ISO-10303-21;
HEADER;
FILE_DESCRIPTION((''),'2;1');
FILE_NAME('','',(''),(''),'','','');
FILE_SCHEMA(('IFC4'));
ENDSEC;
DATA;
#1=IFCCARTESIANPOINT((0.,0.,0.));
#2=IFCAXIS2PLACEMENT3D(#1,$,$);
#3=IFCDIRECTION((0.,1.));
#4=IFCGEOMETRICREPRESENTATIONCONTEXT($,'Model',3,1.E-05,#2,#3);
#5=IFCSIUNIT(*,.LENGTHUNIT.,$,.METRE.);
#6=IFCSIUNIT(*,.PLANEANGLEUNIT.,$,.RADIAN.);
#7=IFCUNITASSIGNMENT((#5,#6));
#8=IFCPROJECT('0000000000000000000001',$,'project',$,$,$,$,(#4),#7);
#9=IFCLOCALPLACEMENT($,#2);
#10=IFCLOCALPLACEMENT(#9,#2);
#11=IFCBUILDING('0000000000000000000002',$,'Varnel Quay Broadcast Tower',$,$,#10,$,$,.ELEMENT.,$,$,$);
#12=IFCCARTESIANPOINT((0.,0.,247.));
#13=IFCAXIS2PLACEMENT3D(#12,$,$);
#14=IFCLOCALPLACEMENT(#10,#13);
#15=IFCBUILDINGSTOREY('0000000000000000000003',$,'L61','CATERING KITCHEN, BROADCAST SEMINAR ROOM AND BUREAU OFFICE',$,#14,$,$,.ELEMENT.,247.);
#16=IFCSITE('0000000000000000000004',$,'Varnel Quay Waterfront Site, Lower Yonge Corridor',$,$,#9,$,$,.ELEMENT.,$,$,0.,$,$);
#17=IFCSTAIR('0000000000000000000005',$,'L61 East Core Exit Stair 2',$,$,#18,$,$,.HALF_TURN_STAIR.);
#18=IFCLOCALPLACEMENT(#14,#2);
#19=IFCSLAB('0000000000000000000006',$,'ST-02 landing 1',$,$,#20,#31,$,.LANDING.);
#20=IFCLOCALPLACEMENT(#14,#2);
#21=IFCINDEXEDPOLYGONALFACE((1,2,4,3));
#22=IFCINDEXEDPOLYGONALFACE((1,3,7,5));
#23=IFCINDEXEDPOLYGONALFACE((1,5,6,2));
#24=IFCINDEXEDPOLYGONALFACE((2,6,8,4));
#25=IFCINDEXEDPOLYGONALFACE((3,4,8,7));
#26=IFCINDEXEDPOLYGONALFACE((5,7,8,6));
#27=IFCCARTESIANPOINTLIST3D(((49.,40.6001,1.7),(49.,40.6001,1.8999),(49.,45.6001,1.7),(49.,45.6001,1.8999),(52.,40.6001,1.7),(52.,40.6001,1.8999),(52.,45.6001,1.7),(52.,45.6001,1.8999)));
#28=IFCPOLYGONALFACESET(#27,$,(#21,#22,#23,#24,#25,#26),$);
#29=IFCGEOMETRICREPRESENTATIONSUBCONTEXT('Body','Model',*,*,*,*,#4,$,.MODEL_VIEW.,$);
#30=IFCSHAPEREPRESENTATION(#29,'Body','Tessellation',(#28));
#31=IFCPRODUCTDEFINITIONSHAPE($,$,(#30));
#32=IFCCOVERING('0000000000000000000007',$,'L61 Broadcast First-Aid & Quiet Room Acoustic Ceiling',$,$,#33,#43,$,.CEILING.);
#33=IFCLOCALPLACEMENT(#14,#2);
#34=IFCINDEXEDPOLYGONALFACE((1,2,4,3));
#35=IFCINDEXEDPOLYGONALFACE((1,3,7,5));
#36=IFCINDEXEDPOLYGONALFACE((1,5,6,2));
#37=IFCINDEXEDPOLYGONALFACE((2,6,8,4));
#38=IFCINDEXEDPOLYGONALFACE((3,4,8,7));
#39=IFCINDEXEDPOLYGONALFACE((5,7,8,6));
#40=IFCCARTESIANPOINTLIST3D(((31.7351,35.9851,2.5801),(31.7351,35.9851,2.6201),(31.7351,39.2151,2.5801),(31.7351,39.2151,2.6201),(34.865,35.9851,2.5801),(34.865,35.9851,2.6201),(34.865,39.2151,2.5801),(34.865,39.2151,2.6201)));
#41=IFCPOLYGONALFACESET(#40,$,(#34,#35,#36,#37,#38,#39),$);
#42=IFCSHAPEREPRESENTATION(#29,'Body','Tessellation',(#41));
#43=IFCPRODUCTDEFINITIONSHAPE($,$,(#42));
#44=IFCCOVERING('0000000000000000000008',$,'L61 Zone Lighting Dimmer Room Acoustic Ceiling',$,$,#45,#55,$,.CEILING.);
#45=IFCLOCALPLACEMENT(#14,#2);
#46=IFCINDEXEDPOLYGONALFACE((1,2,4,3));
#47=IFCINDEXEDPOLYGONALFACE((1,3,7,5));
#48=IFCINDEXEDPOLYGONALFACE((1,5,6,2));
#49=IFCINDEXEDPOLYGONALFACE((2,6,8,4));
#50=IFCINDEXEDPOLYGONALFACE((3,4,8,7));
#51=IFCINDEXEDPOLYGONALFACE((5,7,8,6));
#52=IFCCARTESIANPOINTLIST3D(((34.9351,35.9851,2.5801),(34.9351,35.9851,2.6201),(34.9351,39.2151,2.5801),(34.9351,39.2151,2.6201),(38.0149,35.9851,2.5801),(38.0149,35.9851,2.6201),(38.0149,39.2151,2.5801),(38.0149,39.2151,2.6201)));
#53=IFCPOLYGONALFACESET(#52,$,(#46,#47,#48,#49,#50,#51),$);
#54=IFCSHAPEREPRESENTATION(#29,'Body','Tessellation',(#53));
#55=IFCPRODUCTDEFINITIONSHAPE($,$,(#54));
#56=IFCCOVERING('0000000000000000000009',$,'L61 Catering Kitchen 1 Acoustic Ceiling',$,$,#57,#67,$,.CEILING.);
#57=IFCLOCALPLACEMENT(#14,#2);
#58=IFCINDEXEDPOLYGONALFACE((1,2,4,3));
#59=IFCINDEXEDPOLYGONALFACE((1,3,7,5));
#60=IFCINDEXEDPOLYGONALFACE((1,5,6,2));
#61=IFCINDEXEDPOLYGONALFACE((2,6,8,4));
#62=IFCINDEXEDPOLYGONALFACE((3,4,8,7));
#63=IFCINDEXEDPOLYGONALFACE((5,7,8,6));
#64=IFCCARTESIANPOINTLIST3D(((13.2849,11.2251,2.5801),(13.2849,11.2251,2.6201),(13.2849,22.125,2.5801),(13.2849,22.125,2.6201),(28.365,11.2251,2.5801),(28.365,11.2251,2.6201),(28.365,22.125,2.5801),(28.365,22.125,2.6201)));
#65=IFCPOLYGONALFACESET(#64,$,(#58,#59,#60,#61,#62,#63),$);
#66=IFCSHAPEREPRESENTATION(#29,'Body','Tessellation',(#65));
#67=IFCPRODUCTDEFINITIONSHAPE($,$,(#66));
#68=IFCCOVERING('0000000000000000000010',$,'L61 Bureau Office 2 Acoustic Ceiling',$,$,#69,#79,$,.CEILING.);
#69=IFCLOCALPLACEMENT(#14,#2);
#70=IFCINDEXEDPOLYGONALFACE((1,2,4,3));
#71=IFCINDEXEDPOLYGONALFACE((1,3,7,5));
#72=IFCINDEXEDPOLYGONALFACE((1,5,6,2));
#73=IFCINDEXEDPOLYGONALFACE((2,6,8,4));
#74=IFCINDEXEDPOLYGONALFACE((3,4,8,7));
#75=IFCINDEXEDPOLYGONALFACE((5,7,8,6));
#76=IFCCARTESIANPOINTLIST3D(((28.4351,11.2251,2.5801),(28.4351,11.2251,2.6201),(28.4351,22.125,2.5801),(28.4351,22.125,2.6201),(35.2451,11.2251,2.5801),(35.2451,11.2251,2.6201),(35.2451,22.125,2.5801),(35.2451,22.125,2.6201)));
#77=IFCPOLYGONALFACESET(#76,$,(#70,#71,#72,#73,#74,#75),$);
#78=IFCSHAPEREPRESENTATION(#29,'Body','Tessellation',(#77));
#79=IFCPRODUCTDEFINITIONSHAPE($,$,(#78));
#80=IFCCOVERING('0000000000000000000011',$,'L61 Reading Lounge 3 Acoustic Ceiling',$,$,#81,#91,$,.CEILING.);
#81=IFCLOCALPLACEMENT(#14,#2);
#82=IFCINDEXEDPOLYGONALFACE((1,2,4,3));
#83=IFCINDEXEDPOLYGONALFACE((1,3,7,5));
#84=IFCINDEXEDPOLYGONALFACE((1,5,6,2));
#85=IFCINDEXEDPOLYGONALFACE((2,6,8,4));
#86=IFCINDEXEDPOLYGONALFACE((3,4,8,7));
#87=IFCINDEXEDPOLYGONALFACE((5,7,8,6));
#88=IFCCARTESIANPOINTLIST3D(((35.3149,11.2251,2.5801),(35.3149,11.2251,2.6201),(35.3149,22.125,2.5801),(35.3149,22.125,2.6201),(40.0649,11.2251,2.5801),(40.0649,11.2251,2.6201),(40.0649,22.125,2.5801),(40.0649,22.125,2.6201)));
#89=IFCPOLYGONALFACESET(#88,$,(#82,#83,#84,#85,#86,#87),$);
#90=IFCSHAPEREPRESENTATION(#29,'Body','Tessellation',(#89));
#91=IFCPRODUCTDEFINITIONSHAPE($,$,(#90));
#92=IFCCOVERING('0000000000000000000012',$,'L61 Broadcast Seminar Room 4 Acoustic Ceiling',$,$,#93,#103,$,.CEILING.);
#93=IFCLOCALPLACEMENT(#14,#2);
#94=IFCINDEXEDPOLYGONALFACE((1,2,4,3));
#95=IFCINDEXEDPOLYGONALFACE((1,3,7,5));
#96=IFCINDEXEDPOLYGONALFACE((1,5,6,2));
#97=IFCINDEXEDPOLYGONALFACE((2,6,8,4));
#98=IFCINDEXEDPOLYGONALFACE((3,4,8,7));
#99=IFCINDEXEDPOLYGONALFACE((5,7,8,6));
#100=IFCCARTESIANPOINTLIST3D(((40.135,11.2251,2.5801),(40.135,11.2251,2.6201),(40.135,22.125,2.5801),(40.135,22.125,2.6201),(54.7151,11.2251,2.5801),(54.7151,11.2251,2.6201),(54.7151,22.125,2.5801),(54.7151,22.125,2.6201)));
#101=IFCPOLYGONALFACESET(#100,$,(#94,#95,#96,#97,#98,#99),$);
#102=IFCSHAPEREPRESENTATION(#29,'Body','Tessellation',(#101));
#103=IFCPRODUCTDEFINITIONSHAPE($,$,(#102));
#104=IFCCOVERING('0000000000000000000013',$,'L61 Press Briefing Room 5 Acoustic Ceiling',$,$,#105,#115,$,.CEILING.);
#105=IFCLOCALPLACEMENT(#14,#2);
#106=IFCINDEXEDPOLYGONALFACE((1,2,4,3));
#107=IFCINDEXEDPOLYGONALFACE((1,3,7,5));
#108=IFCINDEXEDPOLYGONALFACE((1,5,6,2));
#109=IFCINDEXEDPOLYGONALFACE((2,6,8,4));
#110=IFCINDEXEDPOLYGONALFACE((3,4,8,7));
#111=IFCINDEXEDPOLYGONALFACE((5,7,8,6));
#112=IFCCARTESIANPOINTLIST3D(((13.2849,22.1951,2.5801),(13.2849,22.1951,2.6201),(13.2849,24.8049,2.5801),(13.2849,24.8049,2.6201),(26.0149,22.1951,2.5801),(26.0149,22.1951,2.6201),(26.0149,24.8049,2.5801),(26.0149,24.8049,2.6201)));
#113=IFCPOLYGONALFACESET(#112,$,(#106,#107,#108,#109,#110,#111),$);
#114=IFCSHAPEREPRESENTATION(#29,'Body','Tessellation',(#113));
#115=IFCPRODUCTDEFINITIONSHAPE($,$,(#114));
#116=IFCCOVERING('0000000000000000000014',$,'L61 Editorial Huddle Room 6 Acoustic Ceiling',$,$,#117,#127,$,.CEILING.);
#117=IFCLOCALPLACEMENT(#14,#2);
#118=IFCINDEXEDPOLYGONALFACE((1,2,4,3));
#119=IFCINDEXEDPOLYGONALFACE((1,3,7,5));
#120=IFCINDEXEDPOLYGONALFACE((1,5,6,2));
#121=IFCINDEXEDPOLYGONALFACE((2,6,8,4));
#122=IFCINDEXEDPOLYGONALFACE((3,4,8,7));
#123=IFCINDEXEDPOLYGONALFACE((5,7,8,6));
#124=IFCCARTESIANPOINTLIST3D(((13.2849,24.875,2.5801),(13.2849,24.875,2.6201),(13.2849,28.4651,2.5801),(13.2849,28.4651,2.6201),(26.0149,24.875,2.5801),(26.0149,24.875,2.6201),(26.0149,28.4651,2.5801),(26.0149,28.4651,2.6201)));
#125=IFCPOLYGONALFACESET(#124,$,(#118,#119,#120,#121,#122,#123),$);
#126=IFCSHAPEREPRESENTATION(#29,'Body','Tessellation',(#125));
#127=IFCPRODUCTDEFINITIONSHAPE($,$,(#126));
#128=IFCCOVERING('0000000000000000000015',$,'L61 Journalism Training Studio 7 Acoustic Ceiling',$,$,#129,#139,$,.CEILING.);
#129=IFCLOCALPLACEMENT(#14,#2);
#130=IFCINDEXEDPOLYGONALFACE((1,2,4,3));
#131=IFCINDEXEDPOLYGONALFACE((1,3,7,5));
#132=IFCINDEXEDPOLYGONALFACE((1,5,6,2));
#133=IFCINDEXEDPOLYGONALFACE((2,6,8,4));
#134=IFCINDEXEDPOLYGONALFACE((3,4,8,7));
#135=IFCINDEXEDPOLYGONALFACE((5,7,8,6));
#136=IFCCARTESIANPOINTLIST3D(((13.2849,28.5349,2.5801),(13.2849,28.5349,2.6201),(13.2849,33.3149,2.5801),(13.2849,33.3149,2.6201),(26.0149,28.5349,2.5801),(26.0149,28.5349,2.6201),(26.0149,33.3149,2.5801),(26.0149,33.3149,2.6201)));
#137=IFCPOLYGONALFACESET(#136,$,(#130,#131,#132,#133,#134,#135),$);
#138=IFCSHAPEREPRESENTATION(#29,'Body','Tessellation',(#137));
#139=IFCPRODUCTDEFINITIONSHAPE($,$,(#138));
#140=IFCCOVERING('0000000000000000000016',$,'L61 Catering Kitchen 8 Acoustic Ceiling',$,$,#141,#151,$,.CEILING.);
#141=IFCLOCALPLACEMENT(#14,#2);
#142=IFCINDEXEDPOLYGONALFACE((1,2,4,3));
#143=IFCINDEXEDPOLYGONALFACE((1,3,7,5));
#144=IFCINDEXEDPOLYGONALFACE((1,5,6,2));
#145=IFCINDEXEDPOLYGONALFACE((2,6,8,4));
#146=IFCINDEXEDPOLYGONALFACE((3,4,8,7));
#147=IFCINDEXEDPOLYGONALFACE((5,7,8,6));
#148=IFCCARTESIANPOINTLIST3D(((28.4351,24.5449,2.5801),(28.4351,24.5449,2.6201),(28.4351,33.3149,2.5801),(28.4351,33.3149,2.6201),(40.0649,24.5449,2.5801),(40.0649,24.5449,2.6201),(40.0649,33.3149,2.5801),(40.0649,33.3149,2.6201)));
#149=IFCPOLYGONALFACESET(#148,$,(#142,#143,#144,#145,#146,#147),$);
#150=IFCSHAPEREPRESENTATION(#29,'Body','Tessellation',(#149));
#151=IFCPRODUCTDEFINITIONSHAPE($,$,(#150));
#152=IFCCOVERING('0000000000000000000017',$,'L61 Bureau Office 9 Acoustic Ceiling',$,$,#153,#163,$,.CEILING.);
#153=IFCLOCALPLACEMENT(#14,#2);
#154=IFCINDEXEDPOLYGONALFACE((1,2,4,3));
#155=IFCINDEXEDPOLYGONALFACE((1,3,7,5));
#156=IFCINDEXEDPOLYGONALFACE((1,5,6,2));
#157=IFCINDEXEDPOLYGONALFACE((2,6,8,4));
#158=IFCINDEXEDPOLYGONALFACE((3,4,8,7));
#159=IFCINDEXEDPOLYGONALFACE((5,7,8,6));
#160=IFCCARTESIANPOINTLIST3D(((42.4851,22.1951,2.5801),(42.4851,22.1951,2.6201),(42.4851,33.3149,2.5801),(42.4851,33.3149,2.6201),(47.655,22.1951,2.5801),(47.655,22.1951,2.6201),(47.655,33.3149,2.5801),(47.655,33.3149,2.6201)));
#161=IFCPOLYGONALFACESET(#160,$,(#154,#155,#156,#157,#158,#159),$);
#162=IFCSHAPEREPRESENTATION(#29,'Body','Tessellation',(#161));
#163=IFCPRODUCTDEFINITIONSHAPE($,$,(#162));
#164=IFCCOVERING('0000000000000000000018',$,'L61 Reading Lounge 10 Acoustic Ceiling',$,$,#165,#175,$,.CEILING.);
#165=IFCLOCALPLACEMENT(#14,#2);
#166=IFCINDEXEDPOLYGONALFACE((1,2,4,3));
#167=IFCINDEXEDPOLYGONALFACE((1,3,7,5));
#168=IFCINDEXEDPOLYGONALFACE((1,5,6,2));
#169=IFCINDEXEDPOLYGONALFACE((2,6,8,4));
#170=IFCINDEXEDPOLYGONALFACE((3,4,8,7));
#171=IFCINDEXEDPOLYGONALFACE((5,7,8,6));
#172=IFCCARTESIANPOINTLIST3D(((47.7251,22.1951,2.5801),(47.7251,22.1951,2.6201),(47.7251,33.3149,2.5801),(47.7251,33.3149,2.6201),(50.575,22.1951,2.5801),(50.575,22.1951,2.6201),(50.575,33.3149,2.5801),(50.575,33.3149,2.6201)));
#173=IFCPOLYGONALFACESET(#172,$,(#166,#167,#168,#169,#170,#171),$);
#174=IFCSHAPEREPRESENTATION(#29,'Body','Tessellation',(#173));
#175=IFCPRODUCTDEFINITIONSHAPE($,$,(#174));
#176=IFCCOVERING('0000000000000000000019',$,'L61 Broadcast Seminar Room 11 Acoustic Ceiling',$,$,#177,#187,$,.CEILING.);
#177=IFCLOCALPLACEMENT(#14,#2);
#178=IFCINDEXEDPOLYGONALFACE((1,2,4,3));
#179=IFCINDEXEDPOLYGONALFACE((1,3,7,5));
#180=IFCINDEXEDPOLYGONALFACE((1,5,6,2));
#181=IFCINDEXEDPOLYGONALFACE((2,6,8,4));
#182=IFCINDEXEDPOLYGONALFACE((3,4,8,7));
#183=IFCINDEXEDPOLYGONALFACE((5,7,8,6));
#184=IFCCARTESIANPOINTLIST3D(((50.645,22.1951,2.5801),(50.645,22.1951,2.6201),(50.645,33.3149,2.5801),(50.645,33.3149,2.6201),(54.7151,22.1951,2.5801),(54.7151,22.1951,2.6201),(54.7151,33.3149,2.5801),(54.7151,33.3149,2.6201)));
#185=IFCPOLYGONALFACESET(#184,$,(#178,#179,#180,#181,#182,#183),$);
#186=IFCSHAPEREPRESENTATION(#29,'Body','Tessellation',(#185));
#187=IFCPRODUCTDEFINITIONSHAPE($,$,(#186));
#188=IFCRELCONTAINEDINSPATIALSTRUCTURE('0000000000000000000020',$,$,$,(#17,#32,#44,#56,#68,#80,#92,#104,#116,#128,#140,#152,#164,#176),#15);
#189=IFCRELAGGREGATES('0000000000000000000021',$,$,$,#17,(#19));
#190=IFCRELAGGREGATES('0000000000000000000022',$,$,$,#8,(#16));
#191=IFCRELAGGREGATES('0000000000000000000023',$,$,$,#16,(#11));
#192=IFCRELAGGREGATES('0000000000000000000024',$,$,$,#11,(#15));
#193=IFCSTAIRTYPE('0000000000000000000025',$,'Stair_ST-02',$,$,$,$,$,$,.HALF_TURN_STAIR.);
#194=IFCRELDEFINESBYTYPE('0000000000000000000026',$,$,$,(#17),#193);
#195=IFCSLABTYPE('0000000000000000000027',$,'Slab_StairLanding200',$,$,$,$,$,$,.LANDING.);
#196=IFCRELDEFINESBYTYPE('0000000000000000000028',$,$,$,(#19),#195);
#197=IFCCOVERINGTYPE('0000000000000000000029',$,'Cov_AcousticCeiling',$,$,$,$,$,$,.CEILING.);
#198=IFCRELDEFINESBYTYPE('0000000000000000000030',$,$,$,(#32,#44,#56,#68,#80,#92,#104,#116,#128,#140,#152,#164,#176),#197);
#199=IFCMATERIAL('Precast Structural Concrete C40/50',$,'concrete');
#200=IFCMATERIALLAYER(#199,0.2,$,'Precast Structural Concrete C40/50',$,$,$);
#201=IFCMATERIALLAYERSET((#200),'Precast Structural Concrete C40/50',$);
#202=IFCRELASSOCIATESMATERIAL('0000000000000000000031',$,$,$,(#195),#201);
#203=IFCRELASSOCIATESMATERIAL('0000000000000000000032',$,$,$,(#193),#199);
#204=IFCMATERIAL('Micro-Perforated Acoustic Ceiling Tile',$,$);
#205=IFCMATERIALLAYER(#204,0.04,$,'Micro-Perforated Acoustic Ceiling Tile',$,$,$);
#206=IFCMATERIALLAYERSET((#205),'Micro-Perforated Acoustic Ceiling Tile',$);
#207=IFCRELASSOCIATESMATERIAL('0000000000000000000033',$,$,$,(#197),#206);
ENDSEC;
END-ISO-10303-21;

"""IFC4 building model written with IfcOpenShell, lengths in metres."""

from ifc_helpers import new_model, si_unit, direction, frame, origin, place, context, subcontext, project, spatial, polyline, outline, extrude, material, layer, layer_set, type_object, element, aggregate, save


model = new_model("IFC4")

# Units and contexts
model_context = context("Model", 3, precision=1e-05, world=origin(), true_north=direction((0.0, 1.0)))
body_context = subcontext(model_context, "Body", "Model", "MODEL_VIEW")
ifc_project = project(units=[si_unit("LENGTHUNIT", "METRE"), si_unit("PLANEANGLEUNIT", "RADIAN")], contexts=[model_context])

# Site, building, storey
site_placement = place(None, origin())
site = spatial("IfcSite", under=ifc_project, at=site_placement, Name="Varnel Quay Waterfront Site, Lower Yonge Corridor", CompositionType="ELEMENT", RefElevation=0.0)
building_placement = place(site_placement, origin())
building = spatial("IfcBuilding", under=site, at=building_placement, Name="Varnel Quay Broadcast Tower", CompositionType="ELEMENT")
storey_placement = place(building_placement, frame((0.0, 0.0, 247.0)))
storey = spatial("IfcBuildingStorey", under=building, at=storey_placement, Name="L61", Description="CATERING KITCHEN, BROADCAST SEMINAR ROOM AND BUREAU OFFICE", CompositionType="ELEMENT", Elevation=247.0)

# Stair, slab
ifc_material_1 = material(Name="Precast Structural Concrete C40/50", Category="concrete")
ifc_layer_1 = layer(ifc_material_1, 0.2, Name="Precast Structural Concrete C40/50")
ifc_layer_set_1 = layer_set([ifc_layer_1], Name="Precast Structural Concrete C40/50")
slab_type_1 = type_object("IfcSlabType", Name="Slab_StairLanding200", PredefinedType="LANDING", material=ifc_layer_set_1)
stair_type_1 = type_object("IfcStairType", Name="Stair_ST-02", PredefinedType="HALF_TURN_STAIR", material=ifc_material_1)
stair_1_placement = place(storey_placement, origin())
stair_1 = element("IfcStair", 1, at=stair_1_placement, inside=storey, type_object=stair_type_1, Name="L61 East Core Exit Stair 2", PredefinedType="HALF_TURN_STAIR")
slab_1_placement = place(storey_placement, frame((0.0, 0.0, 1.7)))
slab_1 = element("IfcSlab", 2, at=slab_1_placement, type_object=slab_type_1, Name="ST-02 landing 1", PredefinedType="LANDING", context=body_context, shape_type="SweptSolid", body=[
    extrude(outline(polyline([(52.0, 40.6001), (52.0, 45.6001), (49.0, 45.6001), (49.0, 40.6001), (52.0, 40.6001)])), origin(), (0.0, 0.0, 1.0), 0.2),
])
aggregate(stair_1, [slab_1])

# Coverings
ifc_material_2 = material(Name="Micro-Perforated Acoustic Ceiling Tile")
ifc_layer_2 = layer(ifc_material_2, 0.04, Name="Micro-Perforated Acoustic Ceiling Tile")
ifc_layer_set_2 = layer_set([ifc_layer_2], Name="Micro-Perforated Acoustic Ceiling Tile")
covering_type_1 = type_object("IfcCoveringType", Name="Cov_AcousticCeiling", PredefinedType="CEILING", material=ifc_layer_set_2)
covering_1_placement = place(storey_placement, frame((0.0, 0.0, 2.5801)))
element("IfcCovering", 3, at=covering_1_placement, inside=storey, type_object=covering_type_1, Name="L61 Broadcast First-Aid & Quiet Room Acoustic Ceiling", PredefinedType="CEILING", context=body_context, shape_type="SweptSolid", body=[
    extrude(outline(polyline([(31.7351, 35.9851), (34.865, 35.9851), (34.865, 39.2151), (31.7351, 39.2151), (31.7351, 35.9851)])), origin(), (0.0, 0.0, 1.0), 0.04),
])
covering_2_placement = place(storey_placement, frame((0.0, 0.0, 2.5801)))
element("IfcCovering", 4, at=covering_2_placement, inside=storey, type_object=covering_type_1, Name="L61 Zone Lighting Dimmer Room Acoustic Ceiling", PredefinedType="CEILING", context=body_context, shape_type="SweptSolid", body=[
    extrude(outline(polyline([(34.9351, 35.9851), (38.0149, 35.9851), (38.0149, 39.2151), (34.9351, 39.2151), (34.9351, 35.9851)])), origin(), (0.0, 0.0, 1.0), 0.04),
])
covering_3_placement = place(storey_placement, frame((0.0, 0.0, 2.5801)))
element("IfcCovering", 5, at=covering_3_placement, inside=storey, type_object=covering_type_1, Name="L61 Catering Kitchen 1 Acoustic Ceiling", PredefinedType="CEILING", context=body_context, shape_type="SweptSolid", body=[
    extrude(outline(polyline([(13.2849, 11.2251), (28.365, 11.2251), (28.365, 22.125), (13.2849, 22.125), (13.2849, 11.2251)])), origin(), (0.0, 0.0, 1.0), 0.04),
])
covering_4_placement = place(storey_placement, frame((0.0, 0.0, 2.5801)))
element("IfcCovering", 6, at=covering_4_placement, inside=storey, type_object=covering_type_1, Name="L61 Bureau Office 2 Acoustic Ceiling", PredefinedType="CEILING", context=body_context, shape_type="SweptSolid", body=[
    extrude(outline(polyline([(28.4351, 11.2251), (35.2451, 11.2251), (35.2451, 22.125), (28.4351, 22.125), (28.4351, 11.2251)])), origin(), (0.0, 0.0, 1.0), 0.04),
])
covering_5_placement = place(storey_placement, frame((0.0, 0.0, 2.5801)))
element("IfcCovering", 7, at=covering_5_placement, inside=storey, type_object=covering_type_1, Name="L61 Reading Lounge 3 Acoustic Ceiling", PredefinedType="CEILING", context=body_context, shape_type="SweptSolid", body=[
    extrude(outline(polyline([(35.3149, 11.2251), (40.0649, 11.2251), (40.0649, 22.125), (35.3149, 22.125), (35.3149, 11.2251)])), origin(), (0.0, 0.0, 1.0), 0.04),
])
covering_6_placement = place(storey_placement, frame((0.0, 0.0, 2.5801)))
element("IfcCovering", 8, at=covering_6_placement, inside=storey, type_object=covering_type_1, Name="L61 Broadcast Seminar Room 4 Acoustic Ceiling", PredefinedType="CEILING", context=body_context, shape_type="SweptSolid", body=[
    extrude(outline(polyline([(40.135, 11.2251), (54.7151, 11.2251), (54.7151, 22.125), (40.135, 22.125), (40.135, 11.2251)])), origin(), (0.0, 0.0, 1.0), 0.04),
])
covering_7_placement = place(storey_placement, frame((0.0, 0.0, 2.5801)))
element("IfcCovering", 9, at=covering_7_placement, inside=storey, type_object=covering_type_1, Name="L61 Press Briefing Room 5 Acoustic Ceiling", PredefinedType="CEILING", context=body_context, shape_type="SweptSolid", body=[
    extrude(outline(polyline([(13.2849, 22.1951), (26.0149, 22.1951), (26.0149, 24.8049), (13.2849, 24.8049), (13.2849, 22.1951)])), origin(), (0.0, 0.0, 1.0), 0.04),
])
covering_8_placement = place(storey_placement, frame((0.0, 0.0, 2.5801)))
element("IfcCovering", 10, at=covering_8_placement, inside=storey, type_object=covering_type_1, Name="L61 Editorial Huddle Room 6 Acoustic Ceiling", PredefinedType="CEILING", context=body_context, shape_type="SweptSolid", body=[
    extrude(outline(polyline([(13.2849, 24.875), (26.0149, 24.875), (26.0149, 28.4651), (13.2849, 28.4651), (13.2849, 24.875)])), origin(), (0.0, 0.0, 1.0), 0.04),
])
covering_9_placement = place(storey_placement, frame((0.0, 0.0, 2.5801)))
element("IfcCovering", 11, at=covering_9_placement, inside=storey, type_object=covering_type_1, Name="L61 Journalism Training Studio 7 Acoustic Ceiling", PredefinedType="CEILING", context=body_context, shape_type="SweptSolid", body=[
    extrude(outline(polyline([(13.2849, 28.5349), (26.0149, 28.5349), (26.0149, 33.3149), (13.2849, 33.3149), (13.2849, 28.5349)])), origin(), (0.0, 0.0, 1.0), 0.04),
])
covering_10_placement = place(storey_placement, frame((0.0, 0.0, 2.5801)))
element("IfcCovering", 12, at=covering_10_placement, inside=storey, type_object=covering_type_1, Name="L61 Catering Kitchen 8 Acoustic Ceiling", PredefinedType="CEILING", context=body_context, shape_type="SweptSolid", body=[
    extrude(outline(polyline([(28.4351, 24.5449), (40.0649, 24.5449), (40.0649, 33.3149), (28.4351, 33.3149), (28.4351, 24.5449)])), origin(), (0.0, 0.0, 1.0), 0.04),
])
covering_11_placement = place(storey_placement, frame((0.0, 0.0, 2.5801)))
element("IfcCovering", 13, at=covering_11_placement, inside=storey, type_object=covering_type_1, Name="L61 Bureau Office 9 Acoustic Ceiling", PredefinedType="CEILING", context=body_context, shape_type="SweptSolid", body=[
    extrude(outline(polyline([(42.4851, 22.1951), (47.655, 22.1951), (47.655, 33.3149), (42.4851, 33.3149), (42.4851, 22.1951)])), origin(), (0.0, 0.0, 1.0), 0.04),
])
covering_12_placement = place(storey_placement, frame((0.0, 0.0, 2.5801)))
element("IfcCovering", 14, at=covering_12_placement, inside=storey, type_object=covering_type_1, Name="L61 Reading Lounge 10 Acoustic Ceiling", PredefinedType="CEILING", context=body_context, shape_type="SweptSolid", body=[
    extrude(outline(polyline([(47.7251, 22.1951), (50.575, 22.1951), (50.575, 33.3149), (47.7251, 33.3149), (47.7251, 22.1951)])), origin(), (0.0, 0.0, 1.0), 0.04),
])
covering_13_placement = place(storey_placement, frame((0.0, 0.0, 2.5801)))
element("IfcCovering", 15, at=covering_13_placement, inside=storey, type_object=covering_type_1, Name="L61 Broadcast Seminar Room 11 Acoustic Ceiling", PredefinedType="CEILING", context=body_context, shape_type="SweptSolid", body=[
    extrude(outline(polyline([(50.645, 22.1951), (54.7151, 22.1951), (54.7151, 33.3149), (50.645, 33.3149), (50.645, 22.1951)])), origin(), (0.0, 0.0, 1.0), 0.04),
])

save(model, "model.ifc")
